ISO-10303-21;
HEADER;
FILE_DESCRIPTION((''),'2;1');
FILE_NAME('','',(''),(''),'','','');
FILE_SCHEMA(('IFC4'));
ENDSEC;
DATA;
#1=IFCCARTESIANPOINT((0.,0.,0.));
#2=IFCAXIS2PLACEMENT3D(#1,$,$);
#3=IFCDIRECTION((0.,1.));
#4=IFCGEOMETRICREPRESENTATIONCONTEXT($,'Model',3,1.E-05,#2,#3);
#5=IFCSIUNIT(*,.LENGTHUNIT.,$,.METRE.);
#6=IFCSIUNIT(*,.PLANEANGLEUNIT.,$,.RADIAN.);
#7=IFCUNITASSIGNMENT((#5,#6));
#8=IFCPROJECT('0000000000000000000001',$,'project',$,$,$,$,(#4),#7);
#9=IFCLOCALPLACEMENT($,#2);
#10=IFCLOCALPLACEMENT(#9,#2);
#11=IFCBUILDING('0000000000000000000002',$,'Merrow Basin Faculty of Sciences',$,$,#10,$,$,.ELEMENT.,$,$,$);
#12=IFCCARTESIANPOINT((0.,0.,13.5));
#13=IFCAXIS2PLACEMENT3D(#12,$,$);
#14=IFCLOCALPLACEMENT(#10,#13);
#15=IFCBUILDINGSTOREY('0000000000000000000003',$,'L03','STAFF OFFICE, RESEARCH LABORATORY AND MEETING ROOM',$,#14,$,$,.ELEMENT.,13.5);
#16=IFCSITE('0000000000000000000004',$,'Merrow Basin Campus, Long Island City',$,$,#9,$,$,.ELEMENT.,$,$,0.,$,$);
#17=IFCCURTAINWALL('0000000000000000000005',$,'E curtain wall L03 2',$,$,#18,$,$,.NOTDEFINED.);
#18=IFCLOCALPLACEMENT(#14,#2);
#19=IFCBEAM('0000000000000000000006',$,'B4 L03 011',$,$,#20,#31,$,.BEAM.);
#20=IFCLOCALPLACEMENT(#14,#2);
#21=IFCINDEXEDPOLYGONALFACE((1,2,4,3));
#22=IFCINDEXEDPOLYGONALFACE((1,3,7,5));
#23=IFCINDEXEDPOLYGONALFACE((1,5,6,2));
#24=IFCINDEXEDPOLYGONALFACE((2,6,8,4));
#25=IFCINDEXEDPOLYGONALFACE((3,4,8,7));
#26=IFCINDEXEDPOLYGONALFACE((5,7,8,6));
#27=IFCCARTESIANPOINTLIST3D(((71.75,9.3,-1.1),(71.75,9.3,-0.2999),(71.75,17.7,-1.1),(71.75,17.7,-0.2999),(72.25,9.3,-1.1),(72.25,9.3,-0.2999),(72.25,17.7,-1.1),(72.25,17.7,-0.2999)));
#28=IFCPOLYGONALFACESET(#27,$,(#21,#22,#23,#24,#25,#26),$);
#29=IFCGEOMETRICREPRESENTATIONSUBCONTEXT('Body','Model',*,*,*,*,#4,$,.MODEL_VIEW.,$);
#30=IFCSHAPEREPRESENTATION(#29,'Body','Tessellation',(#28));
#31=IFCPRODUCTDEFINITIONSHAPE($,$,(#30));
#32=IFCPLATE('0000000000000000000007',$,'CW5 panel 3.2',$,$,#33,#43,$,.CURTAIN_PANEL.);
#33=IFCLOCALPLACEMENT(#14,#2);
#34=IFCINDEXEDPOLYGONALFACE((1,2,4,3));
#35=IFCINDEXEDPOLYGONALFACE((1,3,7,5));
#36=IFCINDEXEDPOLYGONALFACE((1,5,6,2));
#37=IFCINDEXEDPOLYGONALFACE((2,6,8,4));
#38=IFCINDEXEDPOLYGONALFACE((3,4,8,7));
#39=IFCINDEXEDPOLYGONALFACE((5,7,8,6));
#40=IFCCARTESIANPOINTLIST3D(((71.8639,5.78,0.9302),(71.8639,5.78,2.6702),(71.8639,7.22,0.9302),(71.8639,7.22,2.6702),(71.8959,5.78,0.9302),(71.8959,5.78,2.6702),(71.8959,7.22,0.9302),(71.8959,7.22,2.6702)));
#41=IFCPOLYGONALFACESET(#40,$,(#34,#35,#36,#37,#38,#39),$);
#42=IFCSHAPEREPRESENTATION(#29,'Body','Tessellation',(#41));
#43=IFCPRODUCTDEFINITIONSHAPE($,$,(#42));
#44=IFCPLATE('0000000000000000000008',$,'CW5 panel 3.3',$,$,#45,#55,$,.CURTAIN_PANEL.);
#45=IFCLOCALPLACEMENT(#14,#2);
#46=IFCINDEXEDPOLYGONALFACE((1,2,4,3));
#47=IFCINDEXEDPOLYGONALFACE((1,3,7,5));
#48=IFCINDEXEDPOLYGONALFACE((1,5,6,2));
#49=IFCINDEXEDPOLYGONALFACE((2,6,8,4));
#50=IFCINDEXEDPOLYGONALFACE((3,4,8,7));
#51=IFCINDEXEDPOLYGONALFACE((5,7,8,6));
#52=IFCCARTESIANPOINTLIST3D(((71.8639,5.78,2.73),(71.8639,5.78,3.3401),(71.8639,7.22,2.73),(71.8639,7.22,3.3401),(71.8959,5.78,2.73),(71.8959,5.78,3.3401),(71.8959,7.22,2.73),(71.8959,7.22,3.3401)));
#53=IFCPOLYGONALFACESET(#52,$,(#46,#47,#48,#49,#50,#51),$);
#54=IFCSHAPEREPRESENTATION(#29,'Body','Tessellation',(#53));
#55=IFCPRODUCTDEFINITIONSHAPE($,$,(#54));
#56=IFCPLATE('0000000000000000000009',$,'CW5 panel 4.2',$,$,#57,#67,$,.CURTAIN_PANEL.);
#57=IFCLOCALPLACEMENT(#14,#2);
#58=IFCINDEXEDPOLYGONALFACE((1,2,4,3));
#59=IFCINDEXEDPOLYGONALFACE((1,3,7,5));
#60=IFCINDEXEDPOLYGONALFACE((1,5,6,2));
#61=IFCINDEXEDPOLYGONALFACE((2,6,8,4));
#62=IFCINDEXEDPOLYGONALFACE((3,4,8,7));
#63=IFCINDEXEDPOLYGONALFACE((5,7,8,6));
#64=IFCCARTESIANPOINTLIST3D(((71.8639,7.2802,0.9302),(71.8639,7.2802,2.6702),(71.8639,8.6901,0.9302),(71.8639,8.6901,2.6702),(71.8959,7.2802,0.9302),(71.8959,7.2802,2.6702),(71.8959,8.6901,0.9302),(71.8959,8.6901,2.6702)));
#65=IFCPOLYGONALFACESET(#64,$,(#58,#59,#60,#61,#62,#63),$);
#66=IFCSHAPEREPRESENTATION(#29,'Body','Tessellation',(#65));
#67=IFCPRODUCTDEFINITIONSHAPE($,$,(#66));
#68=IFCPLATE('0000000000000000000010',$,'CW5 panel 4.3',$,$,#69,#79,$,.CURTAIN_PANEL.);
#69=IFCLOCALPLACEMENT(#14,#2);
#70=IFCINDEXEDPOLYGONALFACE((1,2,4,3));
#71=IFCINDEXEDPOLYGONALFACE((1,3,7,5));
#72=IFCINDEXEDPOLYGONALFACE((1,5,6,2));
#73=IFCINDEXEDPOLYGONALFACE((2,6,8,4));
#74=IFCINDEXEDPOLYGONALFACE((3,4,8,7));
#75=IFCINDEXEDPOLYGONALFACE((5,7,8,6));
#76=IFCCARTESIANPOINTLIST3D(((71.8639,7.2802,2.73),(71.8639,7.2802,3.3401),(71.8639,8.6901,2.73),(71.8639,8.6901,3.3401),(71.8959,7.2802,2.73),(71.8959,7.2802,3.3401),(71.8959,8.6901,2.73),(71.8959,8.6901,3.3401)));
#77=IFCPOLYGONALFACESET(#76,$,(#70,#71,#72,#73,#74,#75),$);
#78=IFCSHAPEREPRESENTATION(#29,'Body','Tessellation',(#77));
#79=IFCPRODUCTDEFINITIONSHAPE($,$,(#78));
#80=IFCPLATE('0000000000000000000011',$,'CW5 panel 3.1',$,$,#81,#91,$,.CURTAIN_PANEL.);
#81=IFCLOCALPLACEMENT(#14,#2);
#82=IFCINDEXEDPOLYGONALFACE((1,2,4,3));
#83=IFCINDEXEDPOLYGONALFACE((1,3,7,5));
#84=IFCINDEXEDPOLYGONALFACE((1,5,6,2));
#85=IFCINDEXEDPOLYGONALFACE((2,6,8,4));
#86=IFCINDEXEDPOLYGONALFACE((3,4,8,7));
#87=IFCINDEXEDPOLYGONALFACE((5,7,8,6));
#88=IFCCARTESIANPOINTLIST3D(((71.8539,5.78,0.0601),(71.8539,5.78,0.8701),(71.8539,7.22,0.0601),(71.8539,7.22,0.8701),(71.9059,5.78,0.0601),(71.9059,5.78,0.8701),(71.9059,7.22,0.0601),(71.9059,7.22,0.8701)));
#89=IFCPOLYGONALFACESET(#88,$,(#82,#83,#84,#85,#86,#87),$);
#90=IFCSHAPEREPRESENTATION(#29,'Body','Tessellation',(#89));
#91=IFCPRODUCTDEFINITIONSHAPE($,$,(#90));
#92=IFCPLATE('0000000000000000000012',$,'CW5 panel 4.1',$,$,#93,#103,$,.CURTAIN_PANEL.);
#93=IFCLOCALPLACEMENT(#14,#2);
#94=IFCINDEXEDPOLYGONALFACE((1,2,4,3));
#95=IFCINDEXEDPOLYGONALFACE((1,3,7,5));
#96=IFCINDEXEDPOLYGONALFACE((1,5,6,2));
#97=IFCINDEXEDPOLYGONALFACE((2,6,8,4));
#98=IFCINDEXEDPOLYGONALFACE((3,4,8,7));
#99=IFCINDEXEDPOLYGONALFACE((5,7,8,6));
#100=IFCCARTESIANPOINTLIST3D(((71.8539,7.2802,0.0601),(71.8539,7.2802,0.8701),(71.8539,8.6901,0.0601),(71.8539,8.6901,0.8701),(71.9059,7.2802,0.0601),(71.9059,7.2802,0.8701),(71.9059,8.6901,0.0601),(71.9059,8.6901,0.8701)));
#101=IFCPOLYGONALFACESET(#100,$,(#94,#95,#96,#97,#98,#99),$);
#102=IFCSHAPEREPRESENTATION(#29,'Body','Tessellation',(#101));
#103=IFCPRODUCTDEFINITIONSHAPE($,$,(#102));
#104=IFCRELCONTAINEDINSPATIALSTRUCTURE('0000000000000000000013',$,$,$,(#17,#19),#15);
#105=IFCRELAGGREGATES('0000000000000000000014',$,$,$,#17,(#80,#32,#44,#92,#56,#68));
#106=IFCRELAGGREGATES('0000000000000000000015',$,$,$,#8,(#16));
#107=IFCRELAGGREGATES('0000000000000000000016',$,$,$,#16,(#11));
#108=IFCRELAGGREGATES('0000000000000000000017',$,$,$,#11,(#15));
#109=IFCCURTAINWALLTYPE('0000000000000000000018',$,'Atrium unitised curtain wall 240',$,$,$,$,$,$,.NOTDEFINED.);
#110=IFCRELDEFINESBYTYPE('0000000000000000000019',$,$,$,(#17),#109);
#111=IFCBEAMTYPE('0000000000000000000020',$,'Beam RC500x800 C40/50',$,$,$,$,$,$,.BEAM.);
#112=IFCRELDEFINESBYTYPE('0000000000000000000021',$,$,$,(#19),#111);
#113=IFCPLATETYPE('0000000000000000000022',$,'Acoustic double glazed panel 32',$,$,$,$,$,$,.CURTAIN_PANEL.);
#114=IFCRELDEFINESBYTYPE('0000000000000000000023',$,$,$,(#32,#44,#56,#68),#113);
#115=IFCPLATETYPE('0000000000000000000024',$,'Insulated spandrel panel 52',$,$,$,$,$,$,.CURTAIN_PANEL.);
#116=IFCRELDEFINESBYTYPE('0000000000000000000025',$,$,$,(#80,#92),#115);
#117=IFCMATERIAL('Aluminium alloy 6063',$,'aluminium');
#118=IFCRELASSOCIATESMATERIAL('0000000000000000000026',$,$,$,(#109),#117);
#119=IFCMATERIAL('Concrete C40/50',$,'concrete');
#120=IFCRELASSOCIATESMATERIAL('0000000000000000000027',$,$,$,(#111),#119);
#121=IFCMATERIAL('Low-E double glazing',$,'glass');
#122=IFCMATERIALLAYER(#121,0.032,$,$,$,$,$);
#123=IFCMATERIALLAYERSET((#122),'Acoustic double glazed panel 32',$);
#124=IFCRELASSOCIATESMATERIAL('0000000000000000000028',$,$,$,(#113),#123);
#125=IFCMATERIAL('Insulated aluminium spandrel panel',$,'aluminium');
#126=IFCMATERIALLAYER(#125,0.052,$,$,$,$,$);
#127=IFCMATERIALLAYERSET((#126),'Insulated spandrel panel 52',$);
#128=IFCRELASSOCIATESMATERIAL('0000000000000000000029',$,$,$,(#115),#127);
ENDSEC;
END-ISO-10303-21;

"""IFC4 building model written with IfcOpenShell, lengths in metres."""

from ifc_helpers import new_model, si_unit, direction, frame, origin, origin_2d, place, context, subcontext, project, spatial, rectangle, extrude, material, layer, layer_set, material_profile, profile_set, type_object, element, aggregate, save


model = new_model("IFC4")

# Units and contexts
model_context = context("Model", 3, precision=1e-05, world=origin(), true_north=direction((0.0, 1.0)))
body_context = subcontext(model_context, "Body", "Model", "MODEL_VIEW")
ifc_project = project(units=[si_unit("LENGTHUNIT", "METRE"), si_unit("PLANEANGLEUNIT", "RADIAN")], contexts=[model_context])

# Site, building, storey
site_placement = place(None, origin())
site = spatial("IfcSite", under=ifc_project, at=site_placement, Name="Merrow Basin Campus, Long Island City", CompositionType="ELEMENT", RefElevation=0.0)
building_placement = place(site_placement, origin())
building = spatial("IfcBuilding", under=site, at=building_placement, Name="Merrow Basin Faculty of Sciences", CompositionType="ELEMENT")
storey_placement = place(building_placement, frame((0.0, 0.0, 13.5)))
storey = spatial("IfcBuildingStorey", under=building, at=storey_placement, Name="L03", Description="STAFF OFFICE, RESEARCH LABORATORY AND MEETING ROOM", CompositionType="ELEMENT", Elevation=13.5)

# Curtain wall
ifc_material_1 = material(Name="Aluminium alloy 6063", Category="aluminium")
curtain_wall_type = type_object("IfcCurtainWallType", Name="Atrium unitised curtain wall 240", PredefinedType="NOTDEFINED", material=ifc_material_1)
curtain_wall_1_placement = place(storey_placement, origin())
curtain_wall_1 = element("IfcCurtainWall", 1, at=curtain_wall_1_placement, inside=storey, type_object=curtain_wall_type, Name="E curtain wall L03 2", PredefinedType="NOTDEFINED")

# Beam
ifc_material_2 = material(Name="Concrete C40/50", Category="concrete")
ifc_material_profile_1 = material_profile(ifc_material_2, rectangle(XDim=0.5, YDim=0.8, at=origin_2d()))
ifc_profile_set_1 = profile_set([ifc_material_profile_1], Name="Concrete C40/50")
beam_type = type_object("IfcBeamType", Name="Beam RC500x800 C40/50", PredefinedType="BEAM", material=ifc_profile_set_1)
beam_placement = place(storey_placement, frame((72.0, 9.3, -0.7), z_axis=(0.0, 1.0, 0.0), x_axis=(-1.0, 0.0, 0.0)))
element("IfcBeam", 2, at=beam_placement, inside=storey, type_object=beam_type, Name="B4 L03 011", PredefinedType="BEAM", context=body_context, shape_type="SweptSolid", body=[
    extrude(rectangle(XDim=0.5, YDim=0.8, at=origin_2d()), origin(), (0.0, 0.0, 1.0), 8.3999),
])

# Plates
ifc_material_3 = material(Name="Low-E double glazing", Category="glass")
ifc_layer_1 = layer(ifc_material_3, 0.032)
ifc_layer_set_1 = layer_set([ifc_layer_1], Name="Acoustic double glazed panel 32")
plate_type_1 = type_object("IfcPlateType", Name="Acoustic double glazed panel 32", PredefinedType="CURTAIN_PANEL", material=ifc_layer_set_1)
plate_1_placement = place(storey_placement, frame((71.8799, 6.5, 0.9302), z_axis=(0.0, 0.0, 1.0), x_axis=(0.0, 1.0, 0.0)))
plate_1 = element("IfcPlate", 3, at=plate_1_placement, type_object=plate_type_1, Name="CW5 panel 3.2", PredefinedType="CURTAIN_PANEL", context=body_context, shape_type="SweptSolid", body=[
    extrude(rectangle(XDim=1.4399, YDim=0.032, at=origin_2d()), origin(), (0.0, 0.0, 1.0), 1.74),
])
plate_2_placement = place(storey_placement, frame((71.8799, 6.5, 2.73), z_axis=(0.0, 0.0, 1.0), x_axis=(0.0, 1.0, 0.0)))
plate_2 = element("IfcPlate", 4, at=plate_2_placement, type_object=plate_type_1, Name="CW5 panel 3.3", PredefinedType="CURTAIN_PANEL", context=body_context, shape_type="SweptSolid", body=[
    extrude(rectangle(XDim=1.4399, YDim=0.032, at=origin_2d()), origin(), (0.0, 0.0, 1.0), 0.6101),
])
plate_3_placement = place(storey_placement, frame((71.8799, 7.9851, 0.9302), z_axis=(0.0, 0.0, 1.0), x_axis=(0.0, 1.0, 0.0)))
plate_3 = element("IfcPlate", 5, at=plate_3_placement, type_object=plate_type_1, Name="CW5 panel 4.2", PredefinedType="CURTAIN_PANEL", context=body_context, shape_type="SweptSolid", body=[
    extrude(rectangle(XDim=1.4099, YDim=0.032, at=origin_2d()), origin(), (0.0, 0.0, 1.0), 1.74),
])
plate_4_placement = place(storey_placement, frame((71.8799, 7.9851, 2.73), z_axis=(0.0, 0.0, 1.0), x_axis=(0.0, 1.0, 0.0)))
plate_4 = element("IfcPlate", 6, at=plate_4_placement, type_object=plate_type_1, Name="CW5 panel 4.3", PredefinedType="CURTAIN_PANEL", context=body_context, shape_type="SweptSolid", body=[
    extrude(rectangle(XDim=1.4099, YDim=0.032, at=origin_2d()), origin(), (0.0, 0.0, 1.0), 0.6101),
])
ifc_material_4 = material(Name="Insulated aluminium spandrel panel", Category="aluminium")
ifc_layer_2 = layer(ifc_material_4, 0.052)
ifc_layer_set_2 = layer_set([ifc_layer_2], Name="Insulated spandrel panel 52")
plate_type_2 = type_object("IfcPlateType", Name="Insulated spandrel panel 52", PredefinedType="CURTAIN_PANEL", material=ifc_layer_set_2)
plate_5_placement = place(storey_placement, frame((71.8799, 6.5, 0.0601), z_axis=(0.0, 0.0, 1.0), x_axis=(0.0, 1.0, 0.0)))
plate_5 = element("IfcPlate", 7, at=plate_5_placement, type_object=plate_type_2, Name="CW5 panel 3.1", PredefinedType="CURTAIN_PANEL", context=body_context, shape_type="SweptSolid", body=[
    extrude(rectangle(XDim=1.4399, YDim=0.052, at=origin_2d()), origin(), (0.0, 0.0, 1.0), 0.8101),
])
plate_6_placement = place(storey_placement, frame((71.8799, 7.9851, 0.0601), z_axis=(0.0, 0.0, 1.0), x_axis=(0.0, 1.0, 0.0)))
plate_6 = element("IfcPlate", 8, at=plate_6_placement, type_object=plate_type_2, Name="CW5 panel 4.1", PredefinedType="CURTAIN_PANEL", context=body_context, shape_type="SweptSolid", body=[
    extrude(rectangle(XDim=1.4099, YDim=0.052, at=origin_2d()), origin(), (0.0, 0.0, 1.0), 0.8101),
])
aggregate(curtain_wall_1, [plate_5, plate_1, plate_2, plate_6, plate_3, plate_4])

save(model, "model.ifc")
